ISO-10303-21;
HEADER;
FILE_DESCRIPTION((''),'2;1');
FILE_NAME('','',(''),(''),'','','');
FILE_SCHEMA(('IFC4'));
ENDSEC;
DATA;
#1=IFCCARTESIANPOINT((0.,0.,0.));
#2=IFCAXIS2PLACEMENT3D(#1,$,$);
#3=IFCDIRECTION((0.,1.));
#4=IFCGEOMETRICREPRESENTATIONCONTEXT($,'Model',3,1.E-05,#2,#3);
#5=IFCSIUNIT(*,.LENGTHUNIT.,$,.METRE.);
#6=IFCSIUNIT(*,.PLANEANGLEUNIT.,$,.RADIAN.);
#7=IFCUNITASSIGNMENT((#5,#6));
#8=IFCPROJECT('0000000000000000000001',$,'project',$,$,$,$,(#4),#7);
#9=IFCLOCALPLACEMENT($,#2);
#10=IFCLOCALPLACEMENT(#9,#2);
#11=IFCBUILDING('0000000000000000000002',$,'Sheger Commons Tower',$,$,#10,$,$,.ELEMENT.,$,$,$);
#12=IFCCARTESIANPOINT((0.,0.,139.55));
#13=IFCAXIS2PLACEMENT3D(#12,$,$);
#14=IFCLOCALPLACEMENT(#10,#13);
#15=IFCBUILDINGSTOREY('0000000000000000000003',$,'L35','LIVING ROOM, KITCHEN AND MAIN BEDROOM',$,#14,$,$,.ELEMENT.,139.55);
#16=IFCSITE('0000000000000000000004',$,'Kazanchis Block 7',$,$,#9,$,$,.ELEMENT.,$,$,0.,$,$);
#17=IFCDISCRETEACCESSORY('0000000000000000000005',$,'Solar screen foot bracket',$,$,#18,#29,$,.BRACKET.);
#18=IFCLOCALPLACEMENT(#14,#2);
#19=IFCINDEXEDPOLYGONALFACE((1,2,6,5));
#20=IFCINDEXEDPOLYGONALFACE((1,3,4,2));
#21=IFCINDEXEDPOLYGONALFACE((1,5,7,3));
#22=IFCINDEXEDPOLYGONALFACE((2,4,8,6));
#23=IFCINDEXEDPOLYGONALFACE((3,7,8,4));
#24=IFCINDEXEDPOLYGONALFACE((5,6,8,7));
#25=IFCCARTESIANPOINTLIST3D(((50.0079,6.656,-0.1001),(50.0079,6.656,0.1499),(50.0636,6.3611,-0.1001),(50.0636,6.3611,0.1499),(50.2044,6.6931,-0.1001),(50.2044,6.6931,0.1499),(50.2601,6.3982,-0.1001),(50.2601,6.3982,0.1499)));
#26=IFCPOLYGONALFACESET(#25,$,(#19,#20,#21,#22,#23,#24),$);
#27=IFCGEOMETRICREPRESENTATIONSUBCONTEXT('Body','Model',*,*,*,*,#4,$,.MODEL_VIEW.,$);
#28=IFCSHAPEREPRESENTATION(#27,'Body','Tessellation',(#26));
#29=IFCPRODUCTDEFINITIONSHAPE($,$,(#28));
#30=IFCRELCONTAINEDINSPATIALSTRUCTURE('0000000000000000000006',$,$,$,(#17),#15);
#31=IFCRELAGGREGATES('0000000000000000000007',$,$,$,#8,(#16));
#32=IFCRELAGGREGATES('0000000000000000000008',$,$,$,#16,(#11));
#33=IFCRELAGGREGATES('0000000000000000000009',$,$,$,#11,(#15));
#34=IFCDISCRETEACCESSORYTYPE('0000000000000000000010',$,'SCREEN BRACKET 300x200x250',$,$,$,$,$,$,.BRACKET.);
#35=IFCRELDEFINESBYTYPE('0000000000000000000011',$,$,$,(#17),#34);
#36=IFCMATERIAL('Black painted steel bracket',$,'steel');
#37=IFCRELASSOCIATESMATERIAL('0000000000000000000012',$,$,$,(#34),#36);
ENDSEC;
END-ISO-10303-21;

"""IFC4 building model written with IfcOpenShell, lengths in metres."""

from ifc_helpers import new_model, si_unit, direction, frame, origin, origin_2d, place, context, subcontext, project, spatial, rectangle, extrude, material, type_object, element, save


model = new_model("IFC4")

# Units and contexts
model_context = context("Model", 3, precision=1e-05, world=origin(), true_north=direction((0.0, 1.0)))
body_context = subcontext(model_context, "Body", "Model", "MODEL_VIEW")
ifc_project = project(units=[si_unit("LENGTHUNIT", "METRE"), si_unit("PLANEANGLEUNIT", "RADIAN")], contexts=[model_context])

# Site, building, storey
site_placement = place(None, origin())
site = spatial("IfcSite", under=ifc_project, at=site_placement, Name="Kazanchis Block 7", CompositionType="ELEMENT", RefElevation=0.0)
building_placement = place(site_placement, origin())
building = spatial("IfcBuilding", under=site, at=building_placement, Name="Sheger Commons Tower", CompositionType="ELEMENT")
storey_placement = place(building_placement, frame((0.0, 0.0, 139.55)))
storey = spatial("IfcBuildingStorey", under=building, at=storey_placement, Name="L35", Description="LIVING ROOM, KITCHEN AND MAIN BEDROOM", CompositionType="ELEMENT", Elevation=139.55)

# Discrete accessory
ifc_material_1 = material(Name="Black painted steel bracket", Category="steel")
discrete_accessory_type = type_object("IfcDiscreteAccessoryType", Name="SCREEN BRACKET 300x200x250", PredefinedType="BRACKET", material=ifc_material_1)
discrete_accessory_placement = place(storey_placement, frame((50.134, 6.5271, -0.1001), z_axis=(0.0, 0.0, 1.0), x_axis=(-0.185615, 0.982623, 0.0)))
element("IfcDiscreteAccessory", 1, at=discrete_accessory_placement, inside=storey, type_object=discrete_accessory_type, Name="Solar screen foot bracket", PredefinedType="BRACKET", context=body_context, shape_type="SweptSolid", body=[
    extrude(rectangle(XDim=0.3, YDim=0.2, at=origin_2d()), origin(), (0.0, 0.0, 1.0), 0.25),
])

save(model, "model.ifc")
